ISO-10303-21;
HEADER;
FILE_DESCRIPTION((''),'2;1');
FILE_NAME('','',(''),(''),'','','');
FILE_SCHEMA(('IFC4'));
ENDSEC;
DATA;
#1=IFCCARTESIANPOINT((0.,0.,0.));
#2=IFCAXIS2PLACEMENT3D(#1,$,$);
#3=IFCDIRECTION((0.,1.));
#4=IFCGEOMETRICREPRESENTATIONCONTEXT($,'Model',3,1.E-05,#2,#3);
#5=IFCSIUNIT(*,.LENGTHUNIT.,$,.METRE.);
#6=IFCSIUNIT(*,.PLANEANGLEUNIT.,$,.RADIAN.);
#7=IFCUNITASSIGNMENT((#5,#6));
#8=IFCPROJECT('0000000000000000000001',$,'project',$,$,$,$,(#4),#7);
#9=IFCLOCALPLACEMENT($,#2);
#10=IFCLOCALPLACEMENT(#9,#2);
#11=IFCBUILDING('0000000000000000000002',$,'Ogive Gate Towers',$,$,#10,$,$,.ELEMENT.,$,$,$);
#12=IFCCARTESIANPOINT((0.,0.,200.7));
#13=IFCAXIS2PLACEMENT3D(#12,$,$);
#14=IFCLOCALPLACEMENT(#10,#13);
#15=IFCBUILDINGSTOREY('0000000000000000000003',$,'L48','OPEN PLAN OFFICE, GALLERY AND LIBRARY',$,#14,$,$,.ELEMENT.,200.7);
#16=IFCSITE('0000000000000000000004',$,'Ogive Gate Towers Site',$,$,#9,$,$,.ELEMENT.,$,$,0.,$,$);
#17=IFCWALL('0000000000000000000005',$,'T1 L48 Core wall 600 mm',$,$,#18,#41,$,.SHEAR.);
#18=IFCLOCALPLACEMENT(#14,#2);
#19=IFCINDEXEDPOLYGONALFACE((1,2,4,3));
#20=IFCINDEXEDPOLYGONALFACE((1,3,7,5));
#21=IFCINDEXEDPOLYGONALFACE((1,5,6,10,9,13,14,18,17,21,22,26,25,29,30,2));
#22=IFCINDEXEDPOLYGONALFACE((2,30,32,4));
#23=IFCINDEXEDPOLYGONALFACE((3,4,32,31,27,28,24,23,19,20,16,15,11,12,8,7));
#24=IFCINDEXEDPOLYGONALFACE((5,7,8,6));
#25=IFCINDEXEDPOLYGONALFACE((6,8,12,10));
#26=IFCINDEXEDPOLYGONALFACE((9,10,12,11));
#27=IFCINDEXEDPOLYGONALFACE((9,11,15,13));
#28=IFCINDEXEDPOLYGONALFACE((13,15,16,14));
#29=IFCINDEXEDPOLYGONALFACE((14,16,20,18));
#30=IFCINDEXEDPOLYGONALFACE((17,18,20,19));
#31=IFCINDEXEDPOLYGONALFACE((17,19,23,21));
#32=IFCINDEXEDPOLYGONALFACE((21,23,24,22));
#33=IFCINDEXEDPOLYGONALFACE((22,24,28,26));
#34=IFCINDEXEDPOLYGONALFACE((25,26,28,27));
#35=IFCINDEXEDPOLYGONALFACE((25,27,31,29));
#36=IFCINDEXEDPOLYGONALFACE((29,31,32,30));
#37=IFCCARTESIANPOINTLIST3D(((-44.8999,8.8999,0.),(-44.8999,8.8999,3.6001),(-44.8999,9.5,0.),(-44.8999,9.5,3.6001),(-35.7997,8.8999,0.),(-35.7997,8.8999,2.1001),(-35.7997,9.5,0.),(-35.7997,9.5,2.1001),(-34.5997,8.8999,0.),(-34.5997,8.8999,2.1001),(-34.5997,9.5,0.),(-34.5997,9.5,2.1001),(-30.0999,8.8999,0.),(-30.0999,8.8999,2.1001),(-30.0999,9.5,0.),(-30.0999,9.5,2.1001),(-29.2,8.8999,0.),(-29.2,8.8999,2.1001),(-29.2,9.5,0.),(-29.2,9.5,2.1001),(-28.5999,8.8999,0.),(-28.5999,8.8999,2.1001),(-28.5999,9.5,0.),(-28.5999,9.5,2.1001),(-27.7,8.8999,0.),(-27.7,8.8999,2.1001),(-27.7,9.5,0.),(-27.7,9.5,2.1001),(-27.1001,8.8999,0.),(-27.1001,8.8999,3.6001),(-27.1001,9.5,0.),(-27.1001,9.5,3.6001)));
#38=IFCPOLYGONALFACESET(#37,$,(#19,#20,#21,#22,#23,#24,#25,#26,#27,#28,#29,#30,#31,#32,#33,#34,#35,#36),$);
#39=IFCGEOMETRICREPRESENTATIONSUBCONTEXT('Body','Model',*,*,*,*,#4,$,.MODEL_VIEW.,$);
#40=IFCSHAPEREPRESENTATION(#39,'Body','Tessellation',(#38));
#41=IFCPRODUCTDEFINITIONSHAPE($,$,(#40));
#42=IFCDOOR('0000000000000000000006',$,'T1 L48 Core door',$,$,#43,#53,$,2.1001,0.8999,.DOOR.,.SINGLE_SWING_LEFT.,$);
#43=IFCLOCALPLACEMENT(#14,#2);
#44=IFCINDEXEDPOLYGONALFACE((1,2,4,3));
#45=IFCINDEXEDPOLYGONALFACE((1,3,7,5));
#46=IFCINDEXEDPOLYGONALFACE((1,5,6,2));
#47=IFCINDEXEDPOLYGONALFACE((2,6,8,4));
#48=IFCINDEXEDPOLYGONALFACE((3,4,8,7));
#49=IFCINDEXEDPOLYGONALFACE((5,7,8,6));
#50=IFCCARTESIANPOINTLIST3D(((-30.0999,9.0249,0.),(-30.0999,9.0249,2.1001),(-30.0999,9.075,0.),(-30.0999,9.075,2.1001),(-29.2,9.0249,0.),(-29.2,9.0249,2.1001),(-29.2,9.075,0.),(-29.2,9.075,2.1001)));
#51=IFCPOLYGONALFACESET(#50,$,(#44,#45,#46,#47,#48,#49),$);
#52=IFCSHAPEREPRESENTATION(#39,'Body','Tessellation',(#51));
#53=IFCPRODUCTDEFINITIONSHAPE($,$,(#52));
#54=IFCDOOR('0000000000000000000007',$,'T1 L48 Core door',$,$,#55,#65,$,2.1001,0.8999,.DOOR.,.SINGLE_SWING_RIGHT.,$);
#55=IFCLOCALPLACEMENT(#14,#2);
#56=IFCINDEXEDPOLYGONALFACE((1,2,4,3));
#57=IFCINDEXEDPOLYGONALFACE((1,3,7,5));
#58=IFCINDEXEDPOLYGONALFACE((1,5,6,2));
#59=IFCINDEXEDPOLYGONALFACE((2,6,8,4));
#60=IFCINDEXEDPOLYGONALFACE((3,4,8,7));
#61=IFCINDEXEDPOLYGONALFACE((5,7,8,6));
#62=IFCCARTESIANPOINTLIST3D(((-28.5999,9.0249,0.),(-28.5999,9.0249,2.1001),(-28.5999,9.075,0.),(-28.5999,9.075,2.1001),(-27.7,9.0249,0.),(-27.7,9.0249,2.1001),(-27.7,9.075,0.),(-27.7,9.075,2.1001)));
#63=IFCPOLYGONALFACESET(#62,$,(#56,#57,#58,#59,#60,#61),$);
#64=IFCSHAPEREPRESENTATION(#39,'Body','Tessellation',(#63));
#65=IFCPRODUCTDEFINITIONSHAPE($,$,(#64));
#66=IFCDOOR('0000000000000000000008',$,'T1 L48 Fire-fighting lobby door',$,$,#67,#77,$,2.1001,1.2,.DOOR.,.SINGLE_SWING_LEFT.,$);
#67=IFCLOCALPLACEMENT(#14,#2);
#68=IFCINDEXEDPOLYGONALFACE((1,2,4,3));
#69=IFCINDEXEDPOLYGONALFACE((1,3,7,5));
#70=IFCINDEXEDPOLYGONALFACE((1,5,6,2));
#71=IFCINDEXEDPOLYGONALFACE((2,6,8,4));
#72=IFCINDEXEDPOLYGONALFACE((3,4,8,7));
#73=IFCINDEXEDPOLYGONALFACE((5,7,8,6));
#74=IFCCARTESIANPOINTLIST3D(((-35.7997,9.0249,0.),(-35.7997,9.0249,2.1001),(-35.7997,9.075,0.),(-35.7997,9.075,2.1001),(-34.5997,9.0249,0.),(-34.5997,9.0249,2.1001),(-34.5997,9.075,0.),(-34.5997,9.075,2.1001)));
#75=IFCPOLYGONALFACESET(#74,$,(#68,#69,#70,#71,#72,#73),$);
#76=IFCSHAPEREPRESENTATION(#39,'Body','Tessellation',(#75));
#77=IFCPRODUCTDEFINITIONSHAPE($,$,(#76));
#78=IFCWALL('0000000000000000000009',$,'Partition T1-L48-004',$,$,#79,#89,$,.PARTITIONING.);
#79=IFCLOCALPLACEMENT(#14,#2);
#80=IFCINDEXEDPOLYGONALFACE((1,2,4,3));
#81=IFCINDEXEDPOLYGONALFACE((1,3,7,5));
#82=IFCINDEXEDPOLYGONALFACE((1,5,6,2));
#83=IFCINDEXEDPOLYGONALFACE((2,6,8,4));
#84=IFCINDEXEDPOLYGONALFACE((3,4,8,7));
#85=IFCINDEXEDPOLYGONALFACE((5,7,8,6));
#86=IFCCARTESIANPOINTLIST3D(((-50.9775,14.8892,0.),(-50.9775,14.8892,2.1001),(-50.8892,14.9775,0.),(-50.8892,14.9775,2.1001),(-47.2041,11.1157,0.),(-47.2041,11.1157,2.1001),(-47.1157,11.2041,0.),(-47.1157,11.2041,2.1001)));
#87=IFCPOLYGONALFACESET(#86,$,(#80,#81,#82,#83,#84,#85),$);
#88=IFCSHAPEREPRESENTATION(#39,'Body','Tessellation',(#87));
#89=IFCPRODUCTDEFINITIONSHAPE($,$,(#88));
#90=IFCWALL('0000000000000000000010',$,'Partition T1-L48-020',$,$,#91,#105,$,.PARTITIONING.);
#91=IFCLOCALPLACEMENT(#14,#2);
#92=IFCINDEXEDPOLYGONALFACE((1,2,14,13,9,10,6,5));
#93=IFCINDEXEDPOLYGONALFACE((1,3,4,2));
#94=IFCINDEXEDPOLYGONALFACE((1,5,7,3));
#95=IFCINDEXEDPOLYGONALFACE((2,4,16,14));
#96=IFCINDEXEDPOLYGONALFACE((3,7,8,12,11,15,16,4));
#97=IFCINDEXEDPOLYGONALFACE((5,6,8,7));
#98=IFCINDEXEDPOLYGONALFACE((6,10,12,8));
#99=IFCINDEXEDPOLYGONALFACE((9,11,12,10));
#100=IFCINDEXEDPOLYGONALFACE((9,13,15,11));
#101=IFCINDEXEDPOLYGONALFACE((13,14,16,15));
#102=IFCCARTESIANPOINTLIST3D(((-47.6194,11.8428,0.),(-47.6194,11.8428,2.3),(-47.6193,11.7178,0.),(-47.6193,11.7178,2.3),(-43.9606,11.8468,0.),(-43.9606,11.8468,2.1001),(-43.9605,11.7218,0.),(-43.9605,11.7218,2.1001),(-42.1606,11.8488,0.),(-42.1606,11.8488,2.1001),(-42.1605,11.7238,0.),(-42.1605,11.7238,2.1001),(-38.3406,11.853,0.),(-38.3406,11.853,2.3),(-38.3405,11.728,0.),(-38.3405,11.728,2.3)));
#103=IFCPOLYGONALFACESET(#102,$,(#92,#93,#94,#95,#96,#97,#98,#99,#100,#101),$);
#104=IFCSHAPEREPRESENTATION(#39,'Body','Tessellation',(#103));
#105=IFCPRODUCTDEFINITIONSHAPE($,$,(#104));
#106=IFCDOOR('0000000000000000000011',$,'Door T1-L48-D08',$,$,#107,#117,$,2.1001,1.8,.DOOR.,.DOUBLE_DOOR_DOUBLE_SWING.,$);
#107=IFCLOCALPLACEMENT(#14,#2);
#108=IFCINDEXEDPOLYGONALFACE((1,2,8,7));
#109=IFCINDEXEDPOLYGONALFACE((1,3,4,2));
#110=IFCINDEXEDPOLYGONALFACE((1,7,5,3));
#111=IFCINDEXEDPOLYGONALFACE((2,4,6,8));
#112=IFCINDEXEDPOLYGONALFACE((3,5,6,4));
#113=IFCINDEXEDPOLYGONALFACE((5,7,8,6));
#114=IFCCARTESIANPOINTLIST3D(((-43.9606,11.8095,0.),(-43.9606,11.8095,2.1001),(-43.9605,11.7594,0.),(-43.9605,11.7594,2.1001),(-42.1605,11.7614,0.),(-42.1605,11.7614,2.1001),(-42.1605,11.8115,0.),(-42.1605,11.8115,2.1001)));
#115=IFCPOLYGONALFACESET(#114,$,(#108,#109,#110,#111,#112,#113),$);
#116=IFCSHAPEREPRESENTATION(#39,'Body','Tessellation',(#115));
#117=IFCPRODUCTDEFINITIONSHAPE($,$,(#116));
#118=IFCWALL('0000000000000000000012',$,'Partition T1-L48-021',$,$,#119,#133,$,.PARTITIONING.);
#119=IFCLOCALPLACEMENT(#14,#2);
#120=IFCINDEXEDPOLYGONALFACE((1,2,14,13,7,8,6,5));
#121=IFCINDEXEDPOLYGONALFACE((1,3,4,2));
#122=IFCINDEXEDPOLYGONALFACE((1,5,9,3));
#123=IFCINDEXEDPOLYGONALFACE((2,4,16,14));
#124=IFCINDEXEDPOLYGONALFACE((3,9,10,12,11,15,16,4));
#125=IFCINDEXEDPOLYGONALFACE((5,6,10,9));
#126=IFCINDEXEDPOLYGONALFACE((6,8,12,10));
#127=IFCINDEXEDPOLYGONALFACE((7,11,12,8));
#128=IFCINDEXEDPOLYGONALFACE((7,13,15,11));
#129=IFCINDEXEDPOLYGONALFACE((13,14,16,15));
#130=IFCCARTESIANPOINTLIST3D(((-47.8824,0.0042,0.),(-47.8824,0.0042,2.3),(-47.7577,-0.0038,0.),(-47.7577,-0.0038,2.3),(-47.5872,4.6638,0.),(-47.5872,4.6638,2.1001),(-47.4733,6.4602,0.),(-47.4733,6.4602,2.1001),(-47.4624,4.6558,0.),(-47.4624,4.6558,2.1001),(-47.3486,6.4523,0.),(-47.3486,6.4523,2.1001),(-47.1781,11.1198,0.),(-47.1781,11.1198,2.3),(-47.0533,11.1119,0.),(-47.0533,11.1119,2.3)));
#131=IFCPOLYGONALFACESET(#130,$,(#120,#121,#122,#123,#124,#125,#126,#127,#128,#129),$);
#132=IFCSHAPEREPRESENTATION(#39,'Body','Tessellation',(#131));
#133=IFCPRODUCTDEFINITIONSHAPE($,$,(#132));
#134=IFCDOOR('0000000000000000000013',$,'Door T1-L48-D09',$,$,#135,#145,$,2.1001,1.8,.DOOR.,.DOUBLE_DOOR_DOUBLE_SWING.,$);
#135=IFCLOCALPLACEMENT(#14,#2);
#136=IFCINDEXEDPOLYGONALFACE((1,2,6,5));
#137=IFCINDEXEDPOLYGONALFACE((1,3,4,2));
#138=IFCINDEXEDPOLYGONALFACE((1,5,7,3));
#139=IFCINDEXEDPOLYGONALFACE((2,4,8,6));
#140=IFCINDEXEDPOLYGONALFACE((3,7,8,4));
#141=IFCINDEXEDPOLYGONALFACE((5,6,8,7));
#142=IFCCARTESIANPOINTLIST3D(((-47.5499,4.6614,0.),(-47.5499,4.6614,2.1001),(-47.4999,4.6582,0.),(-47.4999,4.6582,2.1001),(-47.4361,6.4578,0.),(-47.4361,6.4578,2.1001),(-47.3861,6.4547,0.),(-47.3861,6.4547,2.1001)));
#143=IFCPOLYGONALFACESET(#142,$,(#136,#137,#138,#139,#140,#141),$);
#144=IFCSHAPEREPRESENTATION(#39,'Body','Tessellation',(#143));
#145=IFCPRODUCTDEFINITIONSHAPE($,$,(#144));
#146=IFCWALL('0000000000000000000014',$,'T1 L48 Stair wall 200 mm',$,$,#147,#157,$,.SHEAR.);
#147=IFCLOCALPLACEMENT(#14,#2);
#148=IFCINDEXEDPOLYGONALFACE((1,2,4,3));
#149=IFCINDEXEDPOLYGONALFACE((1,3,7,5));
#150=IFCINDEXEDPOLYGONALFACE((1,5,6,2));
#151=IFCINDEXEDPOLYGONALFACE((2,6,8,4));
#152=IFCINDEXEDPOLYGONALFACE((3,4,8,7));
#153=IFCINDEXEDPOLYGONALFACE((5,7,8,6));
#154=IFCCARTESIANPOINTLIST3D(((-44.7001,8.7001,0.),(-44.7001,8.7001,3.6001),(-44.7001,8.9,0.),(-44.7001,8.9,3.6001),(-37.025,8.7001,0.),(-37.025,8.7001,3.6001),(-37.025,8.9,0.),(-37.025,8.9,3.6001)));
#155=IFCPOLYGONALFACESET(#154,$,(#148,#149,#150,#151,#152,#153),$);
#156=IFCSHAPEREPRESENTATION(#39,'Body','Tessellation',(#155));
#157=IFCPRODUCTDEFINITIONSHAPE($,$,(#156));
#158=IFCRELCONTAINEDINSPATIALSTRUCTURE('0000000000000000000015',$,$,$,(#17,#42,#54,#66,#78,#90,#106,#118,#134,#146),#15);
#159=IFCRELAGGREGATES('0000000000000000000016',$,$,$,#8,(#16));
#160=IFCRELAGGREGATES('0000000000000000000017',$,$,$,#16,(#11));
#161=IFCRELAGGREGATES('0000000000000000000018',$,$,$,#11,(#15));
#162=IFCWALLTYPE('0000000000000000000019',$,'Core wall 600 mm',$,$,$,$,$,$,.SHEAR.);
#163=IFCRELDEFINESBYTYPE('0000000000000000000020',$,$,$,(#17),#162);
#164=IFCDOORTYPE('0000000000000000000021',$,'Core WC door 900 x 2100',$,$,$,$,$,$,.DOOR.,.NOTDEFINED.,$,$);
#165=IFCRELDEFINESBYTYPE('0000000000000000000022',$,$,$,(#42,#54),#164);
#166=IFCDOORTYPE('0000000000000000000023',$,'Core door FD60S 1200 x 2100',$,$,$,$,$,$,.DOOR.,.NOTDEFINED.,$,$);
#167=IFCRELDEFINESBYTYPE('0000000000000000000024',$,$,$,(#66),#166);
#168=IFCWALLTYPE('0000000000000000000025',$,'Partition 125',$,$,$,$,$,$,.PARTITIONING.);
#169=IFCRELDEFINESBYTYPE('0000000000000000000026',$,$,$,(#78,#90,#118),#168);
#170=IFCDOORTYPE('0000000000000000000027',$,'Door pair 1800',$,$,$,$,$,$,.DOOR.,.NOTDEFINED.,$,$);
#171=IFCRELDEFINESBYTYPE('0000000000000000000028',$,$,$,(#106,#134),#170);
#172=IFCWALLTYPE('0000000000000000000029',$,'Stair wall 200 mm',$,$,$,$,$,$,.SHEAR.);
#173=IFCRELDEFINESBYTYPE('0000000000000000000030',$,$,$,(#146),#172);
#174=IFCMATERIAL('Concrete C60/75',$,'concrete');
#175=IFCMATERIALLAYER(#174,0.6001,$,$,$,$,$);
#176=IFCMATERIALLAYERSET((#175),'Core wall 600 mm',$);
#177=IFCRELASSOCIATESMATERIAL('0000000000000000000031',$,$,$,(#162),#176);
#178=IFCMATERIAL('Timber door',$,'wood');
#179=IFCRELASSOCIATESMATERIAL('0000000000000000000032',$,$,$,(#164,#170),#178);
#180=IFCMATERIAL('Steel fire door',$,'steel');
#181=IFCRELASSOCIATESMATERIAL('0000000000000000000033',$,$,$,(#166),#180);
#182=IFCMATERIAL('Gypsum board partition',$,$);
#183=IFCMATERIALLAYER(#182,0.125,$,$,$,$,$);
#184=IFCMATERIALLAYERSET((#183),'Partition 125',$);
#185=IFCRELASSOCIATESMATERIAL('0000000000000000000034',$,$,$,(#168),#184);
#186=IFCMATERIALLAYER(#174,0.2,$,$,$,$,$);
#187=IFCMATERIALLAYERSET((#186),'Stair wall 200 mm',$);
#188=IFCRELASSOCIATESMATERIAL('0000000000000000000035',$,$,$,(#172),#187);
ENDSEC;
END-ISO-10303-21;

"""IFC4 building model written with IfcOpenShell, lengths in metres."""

from ifc_helpers import new_model, si_unit, direction, frame, frame_2d, origin, place, context, subcontext, project, spatial, rectangle, extrude, material, layer, layer_set, type_object, element, fill, save


model = new_model("IFC4")

# Units and contexts
model_context = context("Model", 3, precision=1e-05, world=origin(), true_north=direction((0.0, 1.0)))
body_context = subcontext(model_context, "Body", "Model", "MODEL_VIEW")
ifc_project = project(units=[si_unit("LENGTHUNIT", "METRE"), si_unit("PLANEANGLEUNIT", "RADIAN")], contexts=[model_context])

# Site, building, storey
site_placement = place(None, origin())
site = spatial("IfcSite", under=ifc_project, at=site_placement, Name="Ogive Gate Towers Site", CompositionType="ELEMENT", RefElevation=0.0)
building_placement = place(site_placement, origin())
building = spatial("IfcBuilding", under=site, at=building_placement, Name="Ogive Gate Towers", CompositionType="ELEMENT")
storey_placement = place(building_placement, frame((0.0, 0.0, 200.7)))
storey = spatial("IfcBuildingStorey", under=building, at=storey_placement, Name="L48", Description="OPEN PLAN OFFICE, GALLERY AND LIBRARY", CompositionType="ELEMENT", Elevation=200.7)

# Wall, openings, doors
ifc_material_1 = material(Name="Concrete C60/75", Category="concrete")
ifc_layer_1 = layer(ifc_material_1, 0.6001)
ifc_layer_set_1 = layer_set([ifc_layer_1], Name="Core wall 600 mm")
wall_type_1 = type_object("IfcWallType", Name="Core wall 600 mm", PredefinedType="SHEAR", material=ifc_layer_set_1)
wall_1_placement = place(storey_placement, frame((-44.8999, 9.2, 0.0), z_axis=(0.0, 0.0, 1.0), x_axis=(1.0, 0.0, 0.0)))
wall_1 = element("IfcWall", 1, at=wall_1_placement, inside=storey, type_object=wall_type_1, Name="T1 L48 Core wall 600 mm", PredefinedType="SHEAR", context=body_context, shape_type="SweptSolid", body=[
    extrude(rectangle(XDim=17.7998, YDim=0.6001, at=frame_2d((8.8999, 0.0))), origin(), (0.0, 0.0, 1.0), 3.6001),
])
opening_1_placement = place(wall_1_placement, frame((9.1001, 0.0, 0.0)))
opening_1 = element("IfcOpeningElement", 2, at=opening_1_placement, cuts=wall_1, PredefinedType="OPENING", context=body_context, shape_type="SweptSolid", body=[
    extrude(rectangle(XDim=1.2, YDim=2.1001, at=frame_2d((0.6001, 1.05))), frame((0.0, 0.3101, 0.0), z_axis=(0.0, -1.0, 0.0), x_axis=(1.0, 0.0, 0.0)), (0.0, 0.0, 1.0), 0.6201),
])
opening_2_placement = place(wall_1_placement, frame((14.8, 0.0, 0.0)))
opening_2 = element("IfcOpeningElement", 3, at=opening_2_placement, cuts=wall_1, PredefinedType="OPENING", context=body_context, shape_type="SweptSolid", body=[
    extrude(rectangle(XDim=0.8999, YDim=2.1001, at=frame_2d((0.45, 1.05))), frame((0.0, 0.3101, 0.0), z_axis=(0.0, -1.0, 0.0), x_axis=(1.0, 0.0, 0.0)), (0.0, 0.0, 1.0), 0.6201),
])
opening_3_placement = place(wall_1_placement, frame((16.3, 0.0, 0.0)))
opening_3 = element("IfcOpeningElement", 4, at=opening_3_placement, cuts=wall_1, PredefinedType="OPENING", context=body_context, shape_type="SweptSolid", body=[
    extrude(rectangle(XDim=0.8999, YDim=2.1001, at=frame_2d((0.45, 1.05))), frame((0.0, 0.3101, 0.0), z_axis=(0.0, -1.0, 0.0), x_axis=(1.0, 0.0, 0.0)), (0.0, 0.0, 1.0), 0.6201),
])
ifc_material_2 = material(Name="Timber door", Category="wood")
door_type_1 = type_object("IfcDoorType", Name="Core WC door 900 x 2100", OperationType="NOTDEFINED", PredefinedType="DOOR", material=ifc_material_2)
door_1_placement = place(opening_2_placement, origin())
door_1 = element("IfcDoor", 5, at=door_1_placement, inside=storey, type_object=door_type_1, Name="T1 L48 Core door", OperationType="SINGLE_SWING_LEFT", OverallHeight=2.1001, OverallWidth=0.8999, PredefinedType="DOOR", context=body_context, shape_type="SweptSolid", body=[
    extrude(rectangle(XDim=0.8999, YDim=2.1001, at=frame_2d((0.45, 1.05))), frame((0.0, -0.125, 0.0), z_axis=(0.0, -1.0, 0.0), x_axis=(1.0, 0.0, 0.0)), (0.0, 0.0, 1.0), 0.05),
])
fill(opening_2, door_1)
door_2_placement = place(opening_3_placement, origin())
door_2 = element("IfcDoor", 6, at=door_2_placement, inside=storey, type_object=door_type_1, Name="T1 L48 Core door", OperationType="SINGLE_SWING_RIGHT", OverallHeight=2.1001, OverallWidth=0.8999, PredefinedType="DOOR", context=body_context, shape_type="SweptSolid", body=[
    extrude(rectangle(XDim=0.8999, YDim=2.1001, at=frame_2d((0.45, 1.05))), frame((0.0, -0.125, 0.0), z_axis=(0.0, -1.0, 0.0), x_axis=(1.0, 0.0, 0.0)), (0.0, 0.0, 1.0), 0.05),
])
fill(opening_3, door_2)
ifc_material_3 = material(Name="Steel fire door", Category="steel")
door_type_2 = type_object("IfcDoorType", Name="Core door FD60S 1200 x 2100", OperationType="NOTDEFINED", PredefinedType="DOOR", material=ifc_material_3)
door_3_placement = place(opening_1_placement, origin())
door_3 = element("IfcDoor", 7, at=door_3_placement, inside=storey, type_object=door_type_2, Name="T1 L48 Fire-fighting lobby door", OperationType="SINGLE_SWING_LEFT", OverallHeight=2.1001, OverallWidth=1.2, PredefinedType="DOOR", context=body_context, shape_type="SweptSolid", body=[
    extrude(rectangle(XDim=1.2, YDim=2.1001, at=frame_2d((0.6001, 1.05))), frame((0.0, -0.125, 0.0), z_axis=(0.0, -1.0, 0.0), x_axis=(1.0, 0.0, 0.0)), (0.0, 0.0, 1.0), 0.05),
])
fill(opening_1, door_3)

# Wall
ifc_material_4 = material(Name="Gypsum board partition")
ifc_layer_2 = layer(ifc_material_4, 0.125)
ifc_layer_set_2 = layer_set([ifc_layer_2], Name="Partition 125")
wall_type_2 = type_object("IfcWallType", Name="Partition 125", PredefinedType="PARTITIONING", material=ifc_layer_set_2)
wall_2_placement = place(storey_placement, frame((-50.9333, 14.9333, 0.0), z_axis=(0.0, 0.0, 1.0), x_axis=(0.707107, -0.707107, 0.0)))
element("IfcWall", 8, at=wall_2_placement, inside=storey, type_object=wall_type_2, Name="Partition T1-L48-004", PredefinedType="PARTITIONING", context=body_context, shape_type="SweptSolid", body=[
    extrude(rectangle(XDim=5.3364, YDim=0.125, at=frame_2d((2.6682, 0.0))), origin(), (0.0, 0.0, 1.0), 2.1001),
])

# Walls, openings, doors
wall_3_placement = place(storey_placement, frame((-38.3406, 11.7905, 0.0), z_axis=(0.0, 0.0, 1.0), x_axis=(-0.999999, -0.001105, 0.0)))
wall_3 = element("IfcWall", 9, at=wall_3_placement, inside=storey, type_object=wall_type_2, Name="Partition T1-L48-020", PredefinedType="PARTITIONING", context=body_context, shape_type="SweptSolid", body=[
    extrude(rectangle(XDim=9.2788, YDim=0.125, at=frame_2d((4.6394, 0.0))), origin(), (0.0, 0.0, 1.0), 2.3),
])
opening_4_placement = place(wall_3_placement, frame((3.8201, 0.0, 0.0)))
opening_4 = element("IfcOpeningElement", 10, at=opening_4_placement, cuts=wall_3, PredefinedType="OPENING", context=body_context, shape_type="SweptSolid", body=[
    extrude(rectangle(XDim=1.8, YDim=2.1001, at=frame_2d((0.8999, 1.05))), frame((0.0, 0.0725, 0.0), z_axis=(0.0, -1.0, 0.0), x_axis=(1.0, 0.0, 0.0)), (0.0, 0.0, 1.0), 0.145),
])
door_type_3 = type_object("IfcDoorType", Name="Door pair 1800", OperationType="NOTDEFINED", PredefinedType="DOOR", material=ifc_material_2)
door_4_placement = place(opening_4_placement, origin())
door_4 = element("IfcDoor", 11, at=door_4_placement, inside=storey, type_object=door_type_3, Name="Door T1-L48-D08", OperationType="DOUBLE_DOOR_DOUBLE_SWING", OverallHeight=2.1001, OverallWidth=1.8, PredefinedType="DOOR", context=body_context, shape_type="SweptSolid", body=[
    extrude(rectangle(XDim=1.8, YDim=2.1001, at=frame_2d((0.8999, 1.05))), frame((0.0, 0.0249, 0.0), z_axis=(0.0, -1.0, 0.0), x_axis=(1.0, 0.0, 0.0)), (0.0, 0.0, 1.0), 0.05),
])
fill(opening_4, door_4)
wall_4_placement = place(storey_placement, frame((-47.1157, 11.1157, 0.0), z_axis=(0.0, 0.0, 1.0), x_axis=(-0.063238, -0.997998, 0.0)))
wall_4 = element("IfcWall", 12, at=wall_4_placement, inside=storey, type_object=wall_type_2, Name="Partition T1-L48-021", PredefinedType="PARTITIONING", context=body_context, shape_type="SweptSolid", body=[
    extrude(rectangle(XDim=11.1379, YDim=0.125, at=frame_2d((5.5688, 0.0))), origin(), (0.0, 0.0, 1.0), 2.3),
])
opening_5_placement = place(wall_4_placement, frame((4.6689, 0.0, 0.0)))
opening_5 = element("IfcOpeningElement", 13, at=opening_5_placement, cuts=wall_4, PredefinedType="OPENING", context=body_context, shape_type="SweptSolid", body=[
    extrude(rectangle(XDim=1.8, YDim=2.1001, at=frame_2d((0.8999, 1.05))), frame((0.0, 0.0725, 0.0), z_axis=(0.0, -1.0, 0.0), x_axis=(1.0, 0.0, 0.0)), (0.0, 0.0, 1.0), 0.145),
])
door_5_placement = place(opening_5_placement, origin())
door_5 = element("IfcDoor", 14, at=door_5_placement, inside=storey, type_object=door_type_3, Name="Door T1-L48-D09", OperationType="DOUBLE_DOOR_DOUBLE_SWING", OverallHeight=2.1001, OverallWidth=1.8, PredefinedType="DOOR", context=body_context, shape_type="SweptSolid", body=[
    extrude(rectangle(XDim=1.8, YDim=2.1001, at=frame_2d((0.8999, 1.05))), frame((0.0, 0.0249, 0.0), z_axis=(0.0, -1.0, 0.0), x_axis=(1.0, 0.0, 0.0)), (0.0, 0.0, 1.0), 0.05),
])
fill(opening_5, door_5)

# Wall
ifc_layer_3 = layer(ifc_material_1, 0.2)
ifc_layer_set_3 = layer_set([ifc_layer_3], Name="Stair wall 200 mm")
wall_type_3 = type_object("IfcWallType", Name="Stair wall 200 mm", PredefinedType="SHEAR", material=ifc_layer_set_3)
wall_5_placement = place(storey_placement, frame((-44.7, 8.8, 0.0), z_axis=(0.0, 0.0, 1.0), x_axis=(1.0, 0.0, 0.0)))
element("IfcWall", 15, at=wall_5_placement, inside=storey, type_object=wall_type_3, Name="T1 L48 Stair wall 200 mm", PredefinedType="SHEAR", context=body_context, shape_type="SweptSolid", body=[
    extrude(rectangle(XDim=7.675, YDim=0.2, at=frame_2d((3.8374, 0.0))), origin(), (0.0, 0.0, 1.0), 3.6001),
])

save(model, "model.ifc")
